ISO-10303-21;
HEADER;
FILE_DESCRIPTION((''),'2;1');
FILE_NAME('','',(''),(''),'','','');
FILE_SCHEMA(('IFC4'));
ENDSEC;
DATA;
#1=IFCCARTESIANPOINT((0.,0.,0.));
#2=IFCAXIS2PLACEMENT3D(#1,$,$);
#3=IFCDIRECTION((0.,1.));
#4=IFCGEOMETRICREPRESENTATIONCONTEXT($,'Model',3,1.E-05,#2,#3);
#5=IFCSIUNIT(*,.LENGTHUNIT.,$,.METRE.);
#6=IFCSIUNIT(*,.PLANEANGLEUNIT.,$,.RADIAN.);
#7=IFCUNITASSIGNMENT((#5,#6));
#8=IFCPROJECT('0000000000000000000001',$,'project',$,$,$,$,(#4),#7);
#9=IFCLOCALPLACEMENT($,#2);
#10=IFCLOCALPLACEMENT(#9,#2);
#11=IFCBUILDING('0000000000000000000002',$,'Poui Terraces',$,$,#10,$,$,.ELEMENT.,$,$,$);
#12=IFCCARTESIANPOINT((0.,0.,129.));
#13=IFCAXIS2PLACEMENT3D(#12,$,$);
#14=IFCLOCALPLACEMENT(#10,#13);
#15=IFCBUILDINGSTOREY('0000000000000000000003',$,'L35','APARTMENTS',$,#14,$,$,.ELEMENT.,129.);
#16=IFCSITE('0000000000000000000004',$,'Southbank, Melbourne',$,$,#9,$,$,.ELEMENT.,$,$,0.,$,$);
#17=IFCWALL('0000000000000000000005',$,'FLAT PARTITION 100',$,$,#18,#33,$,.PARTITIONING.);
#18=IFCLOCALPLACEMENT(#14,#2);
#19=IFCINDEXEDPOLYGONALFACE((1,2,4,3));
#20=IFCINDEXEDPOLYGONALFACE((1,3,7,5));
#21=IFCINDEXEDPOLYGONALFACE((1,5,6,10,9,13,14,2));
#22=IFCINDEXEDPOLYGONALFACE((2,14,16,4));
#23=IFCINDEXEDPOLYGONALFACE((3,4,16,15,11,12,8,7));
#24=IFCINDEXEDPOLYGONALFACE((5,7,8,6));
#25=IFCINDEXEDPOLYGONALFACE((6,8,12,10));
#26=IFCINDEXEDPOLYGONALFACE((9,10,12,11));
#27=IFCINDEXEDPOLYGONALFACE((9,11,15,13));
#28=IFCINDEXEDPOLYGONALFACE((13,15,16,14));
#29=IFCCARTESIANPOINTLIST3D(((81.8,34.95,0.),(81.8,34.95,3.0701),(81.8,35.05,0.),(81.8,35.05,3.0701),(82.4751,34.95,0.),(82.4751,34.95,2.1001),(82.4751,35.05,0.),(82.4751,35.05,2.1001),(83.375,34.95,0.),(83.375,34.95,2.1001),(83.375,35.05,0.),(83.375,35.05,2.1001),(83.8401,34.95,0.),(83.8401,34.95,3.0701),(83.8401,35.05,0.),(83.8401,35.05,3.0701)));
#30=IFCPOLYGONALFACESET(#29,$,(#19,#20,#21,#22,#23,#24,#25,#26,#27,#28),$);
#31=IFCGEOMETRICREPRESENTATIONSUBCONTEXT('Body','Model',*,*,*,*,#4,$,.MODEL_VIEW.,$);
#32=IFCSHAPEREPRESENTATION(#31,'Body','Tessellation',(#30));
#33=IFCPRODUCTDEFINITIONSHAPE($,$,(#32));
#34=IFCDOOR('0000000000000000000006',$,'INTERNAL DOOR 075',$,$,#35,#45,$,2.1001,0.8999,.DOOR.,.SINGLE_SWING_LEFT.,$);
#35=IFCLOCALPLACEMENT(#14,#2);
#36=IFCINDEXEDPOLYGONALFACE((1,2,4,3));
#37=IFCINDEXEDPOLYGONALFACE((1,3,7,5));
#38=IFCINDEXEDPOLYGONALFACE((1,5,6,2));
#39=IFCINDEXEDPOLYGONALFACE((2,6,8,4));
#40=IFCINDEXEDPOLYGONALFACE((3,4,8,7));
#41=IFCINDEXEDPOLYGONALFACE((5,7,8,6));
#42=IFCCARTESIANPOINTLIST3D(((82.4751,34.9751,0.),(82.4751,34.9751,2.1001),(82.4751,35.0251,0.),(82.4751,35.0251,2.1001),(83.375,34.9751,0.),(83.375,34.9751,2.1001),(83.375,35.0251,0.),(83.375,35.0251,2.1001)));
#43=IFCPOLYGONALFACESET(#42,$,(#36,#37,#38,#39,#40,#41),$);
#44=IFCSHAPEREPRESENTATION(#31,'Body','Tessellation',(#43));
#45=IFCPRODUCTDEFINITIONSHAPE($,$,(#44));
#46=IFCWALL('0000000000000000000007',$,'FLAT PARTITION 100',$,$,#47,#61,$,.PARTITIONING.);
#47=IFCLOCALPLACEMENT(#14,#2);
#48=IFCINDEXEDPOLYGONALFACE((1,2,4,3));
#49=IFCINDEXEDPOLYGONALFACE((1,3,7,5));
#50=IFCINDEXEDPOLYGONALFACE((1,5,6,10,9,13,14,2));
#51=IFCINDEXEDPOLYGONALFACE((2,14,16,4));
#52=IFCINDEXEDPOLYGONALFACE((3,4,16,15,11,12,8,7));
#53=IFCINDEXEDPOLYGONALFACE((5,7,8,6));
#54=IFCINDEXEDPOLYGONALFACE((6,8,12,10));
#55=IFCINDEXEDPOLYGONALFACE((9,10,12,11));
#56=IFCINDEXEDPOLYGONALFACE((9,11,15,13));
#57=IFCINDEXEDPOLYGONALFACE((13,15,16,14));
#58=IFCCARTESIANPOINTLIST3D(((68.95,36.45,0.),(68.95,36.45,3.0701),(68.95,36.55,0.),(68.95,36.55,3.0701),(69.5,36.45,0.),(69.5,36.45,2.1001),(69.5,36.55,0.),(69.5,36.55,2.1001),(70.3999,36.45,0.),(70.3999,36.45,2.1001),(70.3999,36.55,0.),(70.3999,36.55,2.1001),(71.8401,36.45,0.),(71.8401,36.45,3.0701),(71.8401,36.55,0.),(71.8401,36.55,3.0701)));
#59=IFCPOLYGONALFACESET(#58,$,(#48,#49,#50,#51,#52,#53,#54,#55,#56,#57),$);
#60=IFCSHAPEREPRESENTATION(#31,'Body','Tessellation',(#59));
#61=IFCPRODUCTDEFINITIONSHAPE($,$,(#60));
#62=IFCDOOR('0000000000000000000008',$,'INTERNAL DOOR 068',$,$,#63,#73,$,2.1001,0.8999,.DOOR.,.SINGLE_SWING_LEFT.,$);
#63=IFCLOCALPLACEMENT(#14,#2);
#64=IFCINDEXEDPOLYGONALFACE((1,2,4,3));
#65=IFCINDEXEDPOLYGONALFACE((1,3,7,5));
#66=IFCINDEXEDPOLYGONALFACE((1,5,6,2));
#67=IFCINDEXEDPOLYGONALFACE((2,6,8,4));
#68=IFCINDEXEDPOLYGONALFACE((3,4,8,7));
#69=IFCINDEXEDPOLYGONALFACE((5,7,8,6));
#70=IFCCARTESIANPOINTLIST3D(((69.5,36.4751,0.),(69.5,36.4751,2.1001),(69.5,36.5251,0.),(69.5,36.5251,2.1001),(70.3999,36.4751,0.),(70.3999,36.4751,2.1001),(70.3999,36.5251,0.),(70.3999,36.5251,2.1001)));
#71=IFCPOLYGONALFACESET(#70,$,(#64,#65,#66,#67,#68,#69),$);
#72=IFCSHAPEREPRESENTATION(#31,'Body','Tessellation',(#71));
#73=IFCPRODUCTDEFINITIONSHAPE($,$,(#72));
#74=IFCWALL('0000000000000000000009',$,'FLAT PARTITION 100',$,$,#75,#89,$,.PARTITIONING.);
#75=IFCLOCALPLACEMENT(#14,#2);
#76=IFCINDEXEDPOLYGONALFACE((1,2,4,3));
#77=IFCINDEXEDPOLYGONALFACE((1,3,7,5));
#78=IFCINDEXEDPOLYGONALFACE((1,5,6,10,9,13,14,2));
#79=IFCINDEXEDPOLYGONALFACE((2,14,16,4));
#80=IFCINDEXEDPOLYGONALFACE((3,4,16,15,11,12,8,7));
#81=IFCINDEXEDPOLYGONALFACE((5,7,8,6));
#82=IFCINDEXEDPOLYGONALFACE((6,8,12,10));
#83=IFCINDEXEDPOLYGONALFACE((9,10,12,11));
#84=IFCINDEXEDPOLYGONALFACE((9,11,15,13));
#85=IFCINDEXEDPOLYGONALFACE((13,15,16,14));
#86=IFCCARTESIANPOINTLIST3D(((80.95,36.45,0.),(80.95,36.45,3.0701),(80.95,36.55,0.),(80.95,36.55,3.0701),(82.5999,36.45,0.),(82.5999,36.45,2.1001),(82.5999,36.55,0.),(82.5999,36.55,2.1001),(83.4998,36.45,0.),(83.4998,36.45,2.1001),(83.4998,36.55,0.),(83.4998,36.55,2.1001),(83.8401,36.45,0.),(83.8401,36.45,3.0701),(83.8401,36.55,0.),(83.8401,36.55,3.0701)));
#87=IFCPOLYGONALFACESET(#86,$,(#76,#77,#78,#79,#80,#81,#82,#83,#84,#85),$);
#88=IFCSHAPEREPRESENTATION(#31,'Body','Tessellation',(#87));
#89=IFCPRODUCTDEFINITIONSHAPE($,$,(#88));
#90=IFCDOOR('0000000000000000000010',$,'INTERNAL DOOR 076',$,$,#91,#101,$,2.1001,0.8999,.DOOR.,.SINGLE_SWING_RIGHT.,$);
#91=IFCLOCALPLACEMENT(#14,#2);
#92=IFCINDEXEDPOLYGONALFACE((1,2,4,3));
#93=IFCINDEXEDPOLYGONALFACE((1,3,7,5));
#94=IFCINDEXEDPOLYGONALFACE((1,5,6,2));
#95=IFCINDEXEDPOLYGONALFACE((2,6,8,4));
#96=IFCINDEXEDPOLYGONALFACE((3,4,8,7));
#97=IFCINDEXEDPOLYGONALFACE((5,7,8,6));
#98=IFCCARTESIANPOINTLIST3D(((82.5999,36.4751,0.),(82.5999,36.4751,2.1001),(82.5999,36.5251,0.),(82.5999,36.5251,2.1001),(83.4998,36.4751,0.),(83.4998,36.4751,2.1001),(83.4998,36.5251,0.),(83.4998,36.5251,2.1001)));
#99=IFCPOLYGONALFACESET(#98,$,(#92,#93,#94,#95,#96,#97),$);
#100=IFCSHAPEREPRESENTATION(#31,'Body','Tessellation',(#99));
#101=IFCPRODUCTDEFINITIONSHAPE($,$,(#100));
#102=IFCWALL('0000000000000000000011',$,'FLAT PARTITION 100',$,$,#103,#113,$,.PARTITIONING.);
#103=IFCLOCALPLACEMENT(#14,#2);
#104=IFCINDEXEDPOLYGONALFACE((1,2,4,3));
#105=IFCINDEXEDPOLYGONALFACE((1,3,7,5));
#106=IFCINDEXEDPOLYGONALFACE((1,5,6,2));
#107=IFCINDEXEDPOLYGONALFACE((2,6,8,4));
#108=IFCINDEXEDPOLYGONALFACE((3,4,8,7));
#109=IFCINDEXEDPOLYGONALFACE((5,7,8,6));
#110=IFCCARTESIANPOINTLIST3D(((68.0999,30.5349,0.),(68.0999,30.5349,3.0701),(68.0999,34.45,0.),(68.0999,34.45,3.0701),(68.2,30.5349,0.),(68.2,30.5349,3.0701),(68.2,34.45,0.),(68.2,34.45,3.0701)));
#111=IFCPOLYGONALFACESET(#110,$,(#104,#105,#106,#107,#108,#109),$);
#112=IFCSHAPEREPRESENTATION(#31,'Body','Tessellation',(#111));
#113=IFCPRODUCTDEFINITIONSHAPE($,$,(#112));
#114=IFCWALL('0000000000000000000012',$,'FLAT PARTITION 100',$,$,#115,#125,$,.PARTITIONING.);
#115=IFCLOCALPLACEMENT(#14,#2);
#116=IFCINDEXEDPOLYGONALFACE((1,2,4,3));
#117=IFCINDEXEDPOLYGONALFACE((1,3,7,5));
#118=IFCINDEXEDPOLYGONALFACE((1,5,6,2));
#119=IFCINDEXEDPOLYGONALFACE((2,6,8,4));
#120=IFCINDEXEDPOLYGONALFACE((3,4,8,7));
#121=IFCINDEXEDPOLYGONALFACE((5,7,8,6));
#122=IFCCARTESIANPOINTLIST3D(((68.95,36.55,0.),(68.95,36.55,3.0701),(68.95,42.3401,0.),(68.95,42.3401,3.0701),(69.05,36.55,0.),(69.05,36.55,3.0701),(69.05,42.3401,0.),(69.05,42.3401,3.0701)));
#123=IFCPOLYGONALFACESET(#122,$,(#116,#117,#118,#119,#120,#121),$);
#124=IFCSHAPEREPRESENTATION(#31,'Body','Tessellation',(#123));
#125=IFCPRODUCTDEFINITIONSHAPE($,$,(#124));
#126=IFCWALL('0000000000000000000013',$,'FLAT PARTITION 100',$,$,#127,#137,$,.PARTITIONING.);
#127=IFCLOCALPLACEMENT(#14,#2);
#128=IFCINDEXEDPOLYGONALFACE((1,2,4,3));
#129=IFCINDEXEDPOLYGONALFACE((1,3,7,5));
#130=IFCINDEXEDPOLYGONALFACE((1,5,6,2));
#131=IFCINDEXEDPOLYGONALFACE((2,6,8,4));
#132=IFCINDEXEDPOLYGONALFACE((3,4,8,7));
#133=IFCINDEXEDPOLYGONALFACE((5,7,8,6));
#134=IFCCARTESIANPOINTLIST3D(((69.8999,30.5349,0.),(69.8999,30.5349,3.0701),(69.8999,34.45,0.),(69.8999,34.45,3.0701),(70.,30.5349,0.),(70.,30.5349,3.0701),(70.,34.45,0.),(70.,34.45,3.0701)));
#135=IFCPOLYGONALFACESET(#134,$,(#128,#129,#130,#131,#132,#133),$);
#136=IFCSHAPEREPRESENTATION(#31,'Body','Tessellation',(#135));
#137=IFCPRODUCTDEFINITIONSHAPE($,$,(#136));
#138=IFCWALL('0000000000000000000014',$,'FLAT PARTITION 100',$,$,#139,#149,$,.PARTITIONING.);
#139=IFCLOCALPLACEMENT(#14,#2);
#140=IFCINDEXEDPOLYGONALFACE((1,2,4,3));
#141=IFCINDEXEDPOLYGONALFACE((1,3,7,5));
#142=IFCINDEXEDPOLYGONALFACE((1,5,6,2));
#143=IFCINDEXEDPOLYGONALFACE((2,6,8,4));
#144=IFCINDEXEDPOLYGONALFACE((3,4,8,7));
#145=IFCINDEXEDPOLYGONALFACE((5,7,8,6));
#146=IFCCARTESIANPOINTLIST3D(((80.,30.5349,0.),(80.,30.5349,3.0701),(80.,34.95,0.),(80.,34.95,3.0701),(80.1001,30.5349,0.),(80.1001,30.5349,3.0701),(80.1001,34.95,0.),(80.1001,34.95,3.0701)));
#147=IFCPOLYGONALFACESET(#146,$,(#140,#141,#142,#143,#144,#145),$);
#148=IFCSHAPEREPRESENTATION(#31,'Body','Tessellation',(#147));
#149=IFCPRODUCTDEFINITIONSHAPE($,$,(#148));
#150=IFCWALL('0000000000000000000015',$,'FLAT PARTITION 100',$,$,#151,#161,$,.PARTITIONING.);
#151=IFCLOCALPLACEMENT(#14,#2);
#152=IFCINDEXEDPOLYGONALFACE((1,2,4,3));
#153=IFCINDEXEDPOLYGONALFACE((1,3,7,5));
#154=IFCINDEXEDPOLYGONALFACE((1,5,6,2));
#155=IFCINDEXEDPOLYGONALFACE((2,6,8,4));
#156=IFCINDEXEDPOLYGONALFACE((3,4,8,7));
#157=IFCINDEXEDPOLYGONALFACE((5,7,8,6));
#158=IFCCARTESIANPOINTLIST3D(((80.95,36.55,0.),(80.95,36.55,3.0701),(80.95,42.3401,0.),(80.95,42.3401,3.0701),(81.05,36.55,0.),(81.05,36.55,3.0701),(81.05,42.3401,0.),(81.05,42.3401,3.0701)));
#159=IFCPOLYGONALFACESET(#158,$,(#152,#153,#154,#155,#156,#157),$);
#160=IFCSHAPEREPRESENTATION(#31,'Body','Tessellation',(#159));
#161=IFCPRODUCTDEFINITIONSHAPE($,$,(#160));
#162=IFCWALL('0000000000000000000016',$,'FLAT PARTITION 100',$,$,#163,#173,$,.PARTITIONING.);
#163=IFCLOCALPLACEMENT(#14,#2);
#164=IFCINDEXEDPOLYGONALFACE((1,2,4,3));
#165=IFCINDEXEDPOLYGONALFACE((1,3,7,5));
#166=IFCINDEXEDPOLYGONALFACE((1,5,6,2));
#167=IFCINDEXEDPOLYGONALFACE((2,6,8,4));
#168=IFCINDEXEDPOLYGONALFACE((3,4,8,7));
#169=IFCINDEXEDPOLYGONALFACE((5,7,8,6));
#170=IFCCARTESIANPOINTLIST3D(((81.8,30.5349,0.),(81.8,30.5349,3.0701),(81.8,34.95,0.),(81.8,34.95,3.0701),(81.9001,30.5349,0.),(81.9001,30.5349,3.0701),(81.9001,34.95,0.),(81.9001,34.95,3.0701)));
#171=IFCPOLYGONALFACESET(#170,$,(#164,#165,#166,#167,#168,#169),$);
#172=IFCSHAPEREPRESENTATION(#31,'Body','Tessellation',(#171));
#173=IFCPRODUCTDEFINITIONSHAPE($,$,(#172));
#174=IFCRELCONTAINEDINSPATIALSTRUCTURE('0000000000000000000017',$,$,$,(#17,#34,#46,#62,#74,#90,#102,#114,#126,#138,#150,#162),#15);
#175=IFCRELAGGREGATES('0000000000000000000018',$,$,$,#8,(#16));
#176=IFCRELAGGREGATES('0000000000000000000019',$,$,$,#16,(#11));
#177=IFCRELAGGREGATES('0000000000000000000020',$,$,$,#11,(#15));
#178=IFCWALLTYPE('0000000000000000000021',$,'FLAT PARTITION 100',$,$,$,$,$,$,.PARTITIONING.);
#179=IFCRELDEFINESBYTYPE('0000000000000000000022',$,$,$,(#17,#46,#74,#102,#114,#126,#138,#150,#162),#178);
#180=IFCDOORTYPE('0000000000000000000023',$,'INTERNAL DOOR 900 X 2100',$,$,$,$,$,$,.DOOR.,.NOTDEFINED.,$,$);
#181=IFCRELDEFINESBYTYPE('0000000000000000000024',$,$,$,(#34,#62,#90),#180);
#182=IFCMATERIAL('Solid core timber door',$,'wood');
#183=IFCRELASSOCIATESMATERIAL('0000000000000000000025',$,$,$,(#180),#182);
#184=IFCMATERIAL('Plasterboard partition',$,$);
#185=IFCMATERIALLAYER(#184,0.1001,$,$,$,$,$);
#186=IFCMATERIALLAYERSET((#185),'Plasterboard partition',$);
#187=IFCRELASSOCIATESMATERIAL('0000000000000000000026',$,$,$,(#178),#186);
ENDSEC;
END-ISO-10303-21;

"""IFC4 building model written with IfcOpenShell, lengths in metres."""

from ifc_helpers import new_model, si_unit, direction, frame, frame_2d, origin, place, context, subcontext, project, spatial, rectangle, extrude, material, layer, layer_set, type_object, element, fill, save


model = new_model("IFC4")

# Units and contexts
model_context = context("Model", 3, precision=1e-05, world=origin(), true_north=direction((0.0, 1.0)))
body_context = subcontext(model_context, "Body", "Model", "MODEL_VIEW")
ifc_project = project(units=[si_unit("LENGTHUNIT", "METRE"), si_unit("PLANEANGLEUNIT", "RADIAN")], contexts=[model_context])

# Site, building, storey
site_placement = place(None, origin())
site = spatial("IfcSite", under=ifc_project, at=site_placement, Name="Southbank, Melbourne", CompositionType="ELEMENT", RefElevation=0.0)
building_placement = place(site_placement, origin())
building = spatial("IfcBuilding", under=site, at=building_placement, Name="Poui Terraces", CompositionType="ELEMENT")
storey_placement = place(building_placement, frame((0.0, 0.0, 129.0)))
storey = spatial("IfcBuildingStorey", under=building, at=storey_placement, Name="L35", Description="APARTMENTS", CompositionType="ELEMENT", Elevation=129.0)

# Shared definitions
ifc_material_1 = material(Name="Solid core timber door", Category="wood")
door_type_1 = type_object("IfcDoorType", Name="INTERNAL DOOR 900 X 2100", OperationType="NOTDEFINED", PredefinedType="DOOR", material=ifc_material_1)

# Walls, openings, doors
ifc_material_2 = material(Name="Plasterboard partition")
ifc_layer_1 = layer(ifc_material_2, 0.1001)
ifc_layer_set_1 = layer_set([ifc_layer_1], Name="Plasterboard partition")
wall_type_1 = type_object("IfcWallType", Name="FLAT PARTITION 100", PredefinedType="PARTITIONING", material=ifc_layer_set_1)
wall_1_placement = place(storey_placement, frame((81.8, 35.0, 0.0), z_axis=(0.0, 0.0, 1.0), x_axis=(1.0, 0.0, 0.0)))
wall_1 = element("IfcWall", 1, at=wall_1_placement, inside=storey, type_object=wall_type_1, Name="FLAT PARTITION 100", PredefinedType="PARTITIONING", context=body_context, shape_type="SweptSolid", body=[
    extrude(rectangle(XDim=2.04, YDim=0.1001, at=frame_2d((1.02, 0.0))), origin(), (0.0, 0.0, 1.0), 3.0701),
])
opening_1_placement = place(wall_1_placement, frame((0.675, 0.0, 0.0)))
opening_1 = element("IfcOpeningElement", 2, at=opening_1_placement, cuts=wall_1, PredefinedType="OPENING", context=body_context, shape_type="SweptSolid", body=[
    extrude(rectangle(XDim=0.8999, YDim=2.1001, at=frame_2d((0.45, 1.05))), frame((0.0, 0.0601, 0.0), z_axis=(0.0, -1.0, 0.0), x_axis=(1.0, 0.0, 0.0)), (0.0, 0.0, 1.0), 0.1201),
])
door_1_placement = place(opening_1_placement, frame((0.8999, 0.0, 0.0), z_axis=(0.0, 0.0, 1.0), x_axis=(-1.0, 0.0, 0.0)))
door_1 = element("IfcDoor", 3, at=door_1_placement, inside=storey, type_object=door_type_1, Name="INTERNAL DOOR 075", OperationType="SINGLE_SWING_LEFT", OverallHeight=2.1001, OverallWidth=0.8999, PredefinedType="DOOR", context=body_context, shape_type="SweptSolid", body=[
    extrude(rectangle(XDim=0.8999, YDim=2.1001, at=frame_2d((0.45, 1.05))), frame((0.0, 0.0249, 0.0), z_axis=(0.0, -1.0, 0.0), x_axis=(1.0, 0.0, 0.0)), (0.0, 0.0, 1.0), 0.05),
])
fill(opening_1, door_1)
wall_2_placement = place(storey_placement, frame((68.95, 36.5, 0.0), z_axis=(0.0, 0.0, 1.0), x_axis=(1.0, 0.0, 0.0)))
wall_2 = element("IfcWall", 4, at=wall_2_placement, inside=storey, type_object=wall_type_1, Name="FLAT PARTITION 100", PredefinedType="PARTITIONING", context=body_context, shape_type="SweptSolid", body=[
    extrude(rectangle(XDim=2.8901, YDim=0.1001, at=frame_2d((1.4451, 0.0))), origin(), (0.0, 0.0, 1.0), 3.0701),
])
opening_2_placement = place(wall_2_placement, frame((0.55, 0.0, 0.0)))
opening_2 = element("IfcOpeningElement", 5, at=opening_2_placement, cuts=wall_2, PredefinedType="OPENING", context=body_context, shape_type="SweptSolid", body=[
    extrude(rectangle(XDim=0.8999, YDim=2.1001, at=frame_2d((0.45, 1.05))), frame((0.0, 0.0601, 0.0), z_axis=(0.0, -1.0, 0.0), x_axis=(1.0, 0.0, 0.0)), (0.0, 0.0, 1.0), 0.1201),
])
door_2_placement = place(opening_2_placement, frame((0.8999, 0.0, 0.0), z_axis=(0.0, 0.0, 1.0), x_axis=(-1.0, 0.0, 0.0)))
door_2 = element("IfcDoor", 6, at=door_2_placement, inside=storey, type_object=door_type_1, Name="INTERNAL DOOR 068", OperationType="SINGLE_SWING_LEFT", OverallHeight=2.1001, OverallWidth=0.8999, PredefinedType="DOOR", context=body_context, shape_type="SweptSolid", body=[
    extrude(rectangle(XDim=0.8999, YDim=2.1001, at=frame_2d((0.45, 1.05))), frame((0.0, 0.0249, 0.0), z_axis=(0.0, -1.0, 0.0), x_axis=(1.0, 0.0, 0.0)), (0.0, 0.0, 1.0), 0.05),
])
fill(opening_2, door_2)
wall_3_placement = place(storey_placement, frame((80.95, 36.5, 0.0), z_axis=(0.0, 0.0, 1.0), x_axis=(1.0, 0.0, 0.0)))
wall_3 = element("IfcWall", 7, at=wall_3_placement, inside=storey, type_object=wall_type_1, Name="FLAT PARTITION 100", PredefinedType="PARTITIONING", context=body_context, shape_type="SweptSolid", body=[
    extrude(rectangle(XDim=2.8901, YDim=0.1001, at=frame_2d((1.4451, 0.0))), origin(), (0.0, 0.0, 1.0), 3.0701),
])
opening_3_placement = place(wall_3_placement, frame((1.6499, 0.0, 0.0)))
opening_3 = element("IfcOpeningElement", 8, at=opening_3_placement, cuts=wall_3, PredefinedType="OPENING", context=body_context, shape_type="SweptSolid", body=[
    extrude(rectangle(XDim=0.8999, YDim=2.1001, at=frame_2d((0.45, 1.05))), frame((0.0, 0.0601, 0.0), z_axis=(0.0, -1.0, 0.0), x_axis=(1.0, 0.0, 0.0)), (0.0, 0.0, 1.0), 0.1201),
])
door_3_placement = place(opening_3_placement, frame((0.8999, 0.0, 0.0), z_axis=(0.0, 0.0, 1.0), x_axis=(-1.0, 0.0, 0.0)))
door_3 = element("IfcDoor", 9, at=door_3_placement, inside=storey, type_object=door_type_1, Name="INTERNAL DOOR 076", OperationType="SINGLE_SWING_RIGHT", OverallHeight=2.1001, OverallWidth=0.8999, PredefinedType="DOOR", context=body_context, shape_type="SweptSolid", body=[
    extrude(rectangle(XDim=0.8999, YDim=2.1001, at=frame_2d((0.45, 1.05))), frame((0.0, 0.0249, 0.0), z_axis=(0.0, -1.0, 0.0), x_axis=(1.0, 0.0, 0.0)), (0.0, 0.0, 1.0), 0.05),
])
fill(opening_3, door_3)

# Walls
wall_4_placement = place(storey_placement, frame((68.1499, 30.5349, 0.0), z_axis=(0.0, 0.0, 1.0), x_axis=(0.0, 1.0, 0.0)))
element("IfcWall", 10, at=wall_4_placement, inside=storey, type_object=wall_type_1, Name="FLAT PARTITION 100", PredefinedType="PARTITIONING", context=body_context, shape_type="SweptSolid", body=[
    extrude(rectangle(XDim=3.915, YDim=0.1001, at=frame_2d((1.9575, 0.0))), origin(), (0.0, 0.0, 1.0), 3.0701),
])
wall_5_placement = place(storey_placement, frame((69.0, 36.55, 0.0), z_axis=(0.0, 0.0, 1.0), x_axis=(0.0, 1.0, 0.0)))
element("IfcWall", 11, at=wall_5_placement, inside=storey, type_object=wall_type_1, Name="FLAT PARTITION 100", PredefinedType="PARTITIONING", context=body_context, shape_type="SweptSolid", body=[
    extrude(rectangle(XDim=5.79, YDim=0.1001, at=frame_2d((2.895, 0.0))), origin(), (0.0, 0.0, 1.0), 3.0701),
])
wall_6_placement = place(storey_placement, frame((69.95, 30.5349, 0.0), z_axis=(0.0, 0.0, 1.0), x_axis=(0.0, 1.0, 0.0)))
element("IfcWall", 12, at=wall_6_placement, inside=storey, type_object=wall_type_1, Name="FLAT PARTITION 100", PredefinedType="PARTITIONING", context=body_context, shape_type="SweptSolid", body=[
    extrude(rectangle(XDim=3.915, YDim=0.1001, at=frame_2d((1.9575, 0.0))), origin(), (0.0, 0.0, 1.0), 3.0701),
])
wall_7_placement = place(storey_placement, frame((80.05, 30.5349, 0.0), z_axis=(0.0, 0.0, 1.0), x_axis=(0.0, 1.0, 0.0)))
element("IfcWall", 13, at=wall_7_placement, inside=storey, type_object=wall_type_1, Name="FLAT PARTITION 100", PredefinedType="PARTITIONING", context=body_context, shape_type="SweptSolid", body=[
    extrude(rectangle(XDim=4.415, YDim=0.1001, at=frame_2d((2.2075, 0.0))), origin(), (0.0, 0.0, 1.0), 3.0701),
])
wall_8_placement = place(storey_placement, frame((81.0, 36.55, 0.0), z_axis=(0.0, 0.0, 1.0), x_axis=(0.0, 1.0, 0.0)))
element("IfcWall", 14, at=wall_8_placement, inside=storey, type_object=wall_type_1, Name="FLAT PARTITION 100", PredefinedType="PARTITIONING", context=body_context, shape_type="SweptSolid", body=[
    extrude(rectangle(XDim=5.79, YDim=0.1001, at=frame_2d((2.895, 0.0))), origin(), (0.0, 0.0, 1.0), 3.0701),
])
wall_9_placement = place(storey_placement, frame((81.8501, 30.5349, 0.0), z_axis=(0.0, 0.0, 1.0), x_axis=(0.0, 1.0, 0.0)))
element("IfcWall", 15, at=wall_9_placement, inside=storey, type_object=wall_type_1, Name="FLAT PARTITION 100", PredefinedType="PARTITIONING", context=body_context, shape_type="SweptSolid", body=[
    extrude(rectangle(XDim=4.415, YDim=0.1001, at=frame_2d((2.2075, 0.0))), origin(), (0.0, 0.0, 1.0), 3.0701),
])

save(model, "model.ifc")
